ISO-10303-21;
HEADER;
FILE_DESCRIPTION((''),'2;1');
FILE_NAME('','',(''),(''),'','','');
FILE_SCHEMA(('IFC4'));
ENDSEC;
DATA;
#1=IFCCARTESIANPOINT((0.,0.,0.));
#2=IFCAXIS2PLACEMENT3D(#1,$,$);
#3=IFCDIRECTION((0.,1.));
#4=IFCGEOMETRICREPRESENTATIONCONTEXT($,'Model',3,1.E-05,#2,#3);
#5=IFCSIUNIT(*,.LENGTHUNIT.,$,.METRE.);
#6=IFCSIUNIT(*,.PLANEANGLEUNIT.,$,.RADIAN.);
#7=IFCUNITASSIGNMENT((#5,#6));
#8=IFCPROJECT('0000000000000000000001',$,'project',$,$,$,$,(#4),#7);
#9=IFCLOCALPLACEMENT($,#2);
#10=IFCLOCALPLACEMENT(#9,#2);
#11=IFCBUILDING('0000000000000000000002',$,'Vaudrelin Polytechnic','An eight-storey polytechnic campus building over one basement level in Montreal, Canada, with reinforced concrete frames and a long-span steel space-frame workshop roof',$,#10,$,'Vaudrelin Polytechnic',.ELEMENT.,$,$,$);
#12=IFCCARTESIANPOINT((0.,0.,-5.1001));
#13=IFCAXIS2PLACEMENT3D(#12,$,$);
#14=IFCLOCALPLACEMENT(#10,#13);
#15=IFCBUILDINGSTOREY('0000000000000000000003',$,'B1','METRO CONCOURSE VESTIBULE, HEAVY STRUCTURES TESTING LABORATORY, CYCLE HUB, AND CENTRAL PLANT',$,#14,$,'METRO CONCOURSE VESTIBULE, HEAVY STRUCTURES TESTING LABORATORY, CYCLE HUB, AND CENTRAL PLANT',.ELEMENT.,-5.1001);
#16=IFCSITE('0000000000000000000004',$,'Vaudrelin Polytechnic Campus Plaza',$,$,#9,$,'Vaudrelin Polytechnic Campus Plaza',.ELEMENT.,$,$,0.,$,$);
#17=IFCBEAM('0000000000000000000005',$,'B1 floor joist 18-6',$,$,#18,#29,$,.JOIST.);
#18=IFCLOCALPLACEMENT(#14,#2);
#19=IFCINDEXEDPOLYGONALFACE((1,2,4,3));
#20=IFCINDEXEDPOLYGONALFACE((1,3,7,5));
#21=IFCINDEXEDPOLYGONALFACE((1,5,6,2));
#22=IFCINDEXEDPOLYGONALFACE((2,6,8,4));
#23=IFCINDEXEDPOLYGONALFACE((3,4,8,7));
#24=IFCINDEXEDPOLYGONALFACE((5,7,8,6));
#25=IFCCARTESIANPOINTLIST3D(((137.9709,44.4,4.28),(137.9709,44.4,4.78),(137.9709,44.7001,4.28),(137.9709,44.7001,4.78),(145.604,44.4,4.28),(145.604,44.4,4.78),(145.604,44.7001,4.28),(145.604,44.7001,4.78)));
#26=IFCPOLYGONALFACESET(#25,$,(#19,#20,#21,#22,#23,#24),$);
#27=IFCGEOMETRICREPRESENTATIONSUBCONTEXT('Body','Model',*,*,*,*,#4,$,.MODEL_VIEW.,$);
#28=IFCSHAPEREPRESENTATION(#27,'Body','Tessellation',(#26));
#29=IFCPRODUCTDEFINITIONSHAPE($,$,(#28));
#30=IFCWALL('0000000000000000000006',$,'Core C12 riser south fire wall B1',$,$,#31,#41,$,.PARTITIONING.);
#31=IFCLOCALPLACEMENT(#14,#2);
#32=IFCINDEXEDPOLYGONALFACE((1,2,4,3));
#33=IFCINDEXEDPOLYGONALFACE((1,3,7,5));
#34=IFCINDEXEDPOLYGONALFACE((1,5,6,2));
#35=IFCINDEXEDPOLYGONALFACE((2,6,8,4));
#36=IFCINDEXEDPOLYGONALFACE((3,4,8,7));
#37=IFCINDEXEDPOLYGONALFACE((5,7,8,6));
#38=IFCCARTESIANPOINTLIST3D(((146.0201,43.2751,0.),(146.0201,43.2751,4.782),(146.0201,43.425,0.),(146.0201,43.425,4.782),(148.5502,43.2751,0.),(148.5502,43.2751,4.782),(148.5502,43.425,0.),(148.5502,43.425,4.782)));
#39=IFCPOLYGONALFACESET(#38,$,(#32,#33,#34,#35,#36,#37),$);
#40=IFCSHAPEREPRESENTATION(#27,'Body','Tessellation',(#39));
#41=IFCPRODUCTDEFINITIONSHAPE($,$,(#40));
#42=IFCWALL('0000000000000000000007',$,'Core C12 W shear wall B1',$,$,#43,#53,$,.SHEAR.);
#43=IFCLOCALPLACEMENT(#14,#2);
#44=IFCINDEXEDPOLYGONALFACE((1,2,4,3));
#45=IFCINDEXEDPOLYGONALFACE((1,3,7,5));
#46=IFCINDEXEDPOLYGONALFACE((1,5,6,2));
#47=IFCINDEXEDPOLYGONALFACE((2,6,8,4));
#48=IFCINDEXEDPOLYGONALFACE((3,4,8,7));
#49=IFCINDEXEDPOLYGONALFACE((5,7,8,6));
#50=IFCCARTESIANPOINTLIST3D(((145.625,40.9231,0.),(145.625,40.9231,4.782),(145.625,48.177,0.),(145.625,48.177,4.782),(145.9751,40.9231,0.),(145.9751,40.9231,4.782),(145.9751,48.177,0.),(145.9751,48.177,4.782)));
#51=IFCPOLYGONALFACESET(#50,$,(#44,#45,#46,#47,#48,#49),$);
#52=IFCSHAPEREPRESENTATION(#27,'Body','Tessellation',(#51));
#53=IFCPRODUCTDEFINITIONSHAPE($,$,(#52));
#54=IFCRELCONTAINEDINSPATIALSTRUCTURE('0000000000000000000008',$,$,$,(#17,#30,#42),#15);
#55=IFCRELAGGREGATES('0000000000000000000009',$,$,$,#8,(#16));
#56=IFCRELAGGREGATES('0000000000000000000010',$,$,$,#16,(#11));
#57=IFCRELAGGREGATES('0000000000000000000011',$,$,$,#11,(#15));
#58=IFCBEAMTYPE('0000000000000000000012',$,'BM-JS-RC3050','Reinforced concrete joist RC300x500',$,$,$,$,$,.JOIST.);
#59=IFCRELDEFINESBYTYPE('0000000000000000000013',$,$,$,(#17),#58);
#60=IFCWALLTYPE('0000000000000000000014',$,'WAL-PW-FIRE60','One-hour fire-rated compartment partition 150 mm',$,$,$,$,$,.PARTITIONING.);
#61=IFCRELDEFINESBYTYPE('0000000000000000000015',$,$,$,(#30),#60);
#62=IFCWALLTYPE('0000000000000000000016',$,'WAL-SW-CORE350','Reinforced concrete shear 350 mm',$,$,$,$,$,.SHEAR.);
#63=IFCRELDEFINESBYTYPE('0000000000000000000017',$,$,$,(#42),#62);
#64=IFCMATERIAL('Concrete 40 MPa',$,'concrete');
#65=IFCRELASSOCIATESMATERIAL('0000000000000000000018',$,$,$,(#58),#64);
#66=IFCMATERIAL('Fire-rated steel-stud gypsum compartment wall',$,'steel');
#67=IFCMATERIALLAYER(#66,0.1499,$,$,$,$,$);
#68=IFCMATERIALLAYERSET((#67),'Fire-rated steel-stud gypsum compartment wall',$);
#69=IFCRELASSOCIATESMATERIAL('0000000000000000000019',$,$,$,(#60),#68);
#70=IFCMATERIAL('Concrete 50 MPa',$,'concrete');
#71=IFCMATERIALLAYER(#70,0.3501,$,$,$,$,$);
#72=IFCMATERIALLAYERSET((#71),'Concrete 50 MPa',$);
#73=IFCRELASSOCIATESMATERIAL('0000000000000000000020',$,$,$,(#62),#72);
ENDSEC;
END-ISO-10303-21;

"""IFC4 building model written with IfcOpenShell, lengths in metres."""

from ifc_helpers import new_model, si_unit, direction, frame, frame_2d, origin, origin_2d, place, context, subcontext, project, spatial, rectangle, extrude, material, layer, layer_set, material_profile, profile_set, type_object, element, save


model = new_model("IFC4")

# Units and contexts
model_context = context("Model", 3, precision=1e-05, world=origin(), true_north=direction((0.0, 1.0)))
body_context = subcontext(model_context, "Body", "Model", "MODEL_VIEW")
ifc_project = project(units=[si_unit("LENGTHUNIT", "METRE"), si_unit("PLANEANGLEUNIT", "RADIAN")], contexts=[model_context])

# Site, building, storey
site_placement = place(None, origin())
site = spatial("IfcSite", under=ifc_project, at=site_placement, Name="Vaudrelin Polytechnic Campus Plaza", LongName="Vaudrelin Polytechnic Campus Plaza", CompositionType="ELEMENT", RefElevation=0.0)
building_placement = place(site_placement, origin())
building = spatial("IfcBuilding", under=site, at=building_placement, Name="Vaudrelin Polytechnic", Description="An eight-storey polytechnic campus building over one basement level in Montreal, Canada, with reinforced concrete frames and a long-span steel space-frame workshop roof", LongName="Vaudrelin Polytechnic", CompositionType="ELEMENT")
storey_placement = place(building_placement, frame((0.0, 0.0, -5.1001)))
storey = spatial("IfcBuildingStorey", under=building, at=storey_placement, Name="B1", Description="METRO CONCOURSE VESTIBULE, HEAVY STRUCTURES TESTING LABORATORY, CYCLE HUB, AND CENTRAL PLANT", LongName="METRO CONCOURSE VESTIBULE, HEAVY STRUCTURES TESTING LABORATORY, CYCLE HUB, AND CENTRAL PLANT", CompositionType="ELEMENT", Elevation=-5.1001)

# Shared definitions
ifc_material_1 = material(Name="Concrete 40 MPa", Category="concrete")

# Shared definitions
ifc_material_2 = material(Name="Concrete 50 MPa", Category="concrete")

# Beam
ifc_material_profile_1 = material_profile(ifc_material_1, rectangle(XDim=0.3, YDim=0.5, at=origin_2d()), Name="RC300x500")
ifc_profile_set_1 = profile_set([ifc_material_profile_1], Name="Concrete 40 MPa")
beam_type_1 = type_object("IfcBeamType", Name="BM-JS-RC3050", Description="Reinforced concrete joist RC300x500", PredefinedType="JOIST", material=ifc_profile_set_1)
beam_1_placement = place(storey_placement, frame((137.9709, 44.55, 4.53), z_axis=(1.0, 0.0, 0.0), x_axis=(0.0, 1.0, 0.0)))
element("IfcBeam", 1, at=beam_1_placement, inside=storey, type_object=beam_type_1, Name="B1 floor joist 18-6", PredefinedType="JOIST", context=body_context, shape_type="SweptSolid", body=[
    extrude(rectangle(XDim=0.3, YDim=0.5, at=origin_2d()), origin(), (0.0, 0.0, 1.0), 7.6331),
])

# Walls
ifc_material_3 = material(Name="Fire-rated steel-stud gypsum compartment wall", Category="steel")
ifc_layer_1 = layer(ifc_material_3, 0.1499)
ifc_layer_set_1 = layer_set([ifc_layer_1], Name="Fire-rated steel-stud gypsum compartment wall")
wall_type_1 = type_object("IfcWallType", Name="WAL-PW-FIRE60", Description="One-hour fire-rated compartment partition 150 mm", PredefinedType="PARTITIONING", material=ifc_layer_set_1)
wall_1_placement = place(storey_placement, frame((146.02, 43.3501, 0.0), z_axis=(0.0, 0.0, 1.0), x_axis=(1.0, 0.0, 0.0)))
element("IfcWall", 2, at=wall_1_placement, inside=storey, type_object=wall_type_1, Name="Core C12 riser south fire wall B1", PredefinedType="PARTITIONING", context=body_context, shape_type="SweptSolid", body=[
    extrude(rectangle(XDim=2.53, YDim=0.1499, at=frame_2d((1.2651, 0.0))), origin(), (0.0, 0.0, 1.0), 4.782),
])
ifc_layer_2 = layer(ifc_material_2, 0.3501)
ifc_layer_set_2 = layer_set([ifc_layer_2], Name="Concrete 50 MPa")
wall_type_2 = type_object("IfcWallType", Name="WAL-SW-CORE350", Description="Reinforced concrete shear 350 mm", PredefinedType="SHEAR", material=ifc_layer_set_2)
wall_2_placement = place(storey_placement, frame((145.8, 40.9231, 0.0), z_axis=(0.0, 0.0, 1.0), x_axis=(0.0, 1.0, 0.0)))
element("IfcWall", 3, at=wall_2_placement, inside=storey, type_object=wall_type_2, Name="Core C12 W shear wall B1", PredefinedType="SHEAR", context=body_context, shape_type="SweptSolid", body=[
    extrude(rectangle(XDim=7.2539, YDim=0.3501, at=frame_2d((3.627, 0.0))), origin(), (0.0, 0.0, 1.0), 4.782),
])

save(model, "model.ifc")
